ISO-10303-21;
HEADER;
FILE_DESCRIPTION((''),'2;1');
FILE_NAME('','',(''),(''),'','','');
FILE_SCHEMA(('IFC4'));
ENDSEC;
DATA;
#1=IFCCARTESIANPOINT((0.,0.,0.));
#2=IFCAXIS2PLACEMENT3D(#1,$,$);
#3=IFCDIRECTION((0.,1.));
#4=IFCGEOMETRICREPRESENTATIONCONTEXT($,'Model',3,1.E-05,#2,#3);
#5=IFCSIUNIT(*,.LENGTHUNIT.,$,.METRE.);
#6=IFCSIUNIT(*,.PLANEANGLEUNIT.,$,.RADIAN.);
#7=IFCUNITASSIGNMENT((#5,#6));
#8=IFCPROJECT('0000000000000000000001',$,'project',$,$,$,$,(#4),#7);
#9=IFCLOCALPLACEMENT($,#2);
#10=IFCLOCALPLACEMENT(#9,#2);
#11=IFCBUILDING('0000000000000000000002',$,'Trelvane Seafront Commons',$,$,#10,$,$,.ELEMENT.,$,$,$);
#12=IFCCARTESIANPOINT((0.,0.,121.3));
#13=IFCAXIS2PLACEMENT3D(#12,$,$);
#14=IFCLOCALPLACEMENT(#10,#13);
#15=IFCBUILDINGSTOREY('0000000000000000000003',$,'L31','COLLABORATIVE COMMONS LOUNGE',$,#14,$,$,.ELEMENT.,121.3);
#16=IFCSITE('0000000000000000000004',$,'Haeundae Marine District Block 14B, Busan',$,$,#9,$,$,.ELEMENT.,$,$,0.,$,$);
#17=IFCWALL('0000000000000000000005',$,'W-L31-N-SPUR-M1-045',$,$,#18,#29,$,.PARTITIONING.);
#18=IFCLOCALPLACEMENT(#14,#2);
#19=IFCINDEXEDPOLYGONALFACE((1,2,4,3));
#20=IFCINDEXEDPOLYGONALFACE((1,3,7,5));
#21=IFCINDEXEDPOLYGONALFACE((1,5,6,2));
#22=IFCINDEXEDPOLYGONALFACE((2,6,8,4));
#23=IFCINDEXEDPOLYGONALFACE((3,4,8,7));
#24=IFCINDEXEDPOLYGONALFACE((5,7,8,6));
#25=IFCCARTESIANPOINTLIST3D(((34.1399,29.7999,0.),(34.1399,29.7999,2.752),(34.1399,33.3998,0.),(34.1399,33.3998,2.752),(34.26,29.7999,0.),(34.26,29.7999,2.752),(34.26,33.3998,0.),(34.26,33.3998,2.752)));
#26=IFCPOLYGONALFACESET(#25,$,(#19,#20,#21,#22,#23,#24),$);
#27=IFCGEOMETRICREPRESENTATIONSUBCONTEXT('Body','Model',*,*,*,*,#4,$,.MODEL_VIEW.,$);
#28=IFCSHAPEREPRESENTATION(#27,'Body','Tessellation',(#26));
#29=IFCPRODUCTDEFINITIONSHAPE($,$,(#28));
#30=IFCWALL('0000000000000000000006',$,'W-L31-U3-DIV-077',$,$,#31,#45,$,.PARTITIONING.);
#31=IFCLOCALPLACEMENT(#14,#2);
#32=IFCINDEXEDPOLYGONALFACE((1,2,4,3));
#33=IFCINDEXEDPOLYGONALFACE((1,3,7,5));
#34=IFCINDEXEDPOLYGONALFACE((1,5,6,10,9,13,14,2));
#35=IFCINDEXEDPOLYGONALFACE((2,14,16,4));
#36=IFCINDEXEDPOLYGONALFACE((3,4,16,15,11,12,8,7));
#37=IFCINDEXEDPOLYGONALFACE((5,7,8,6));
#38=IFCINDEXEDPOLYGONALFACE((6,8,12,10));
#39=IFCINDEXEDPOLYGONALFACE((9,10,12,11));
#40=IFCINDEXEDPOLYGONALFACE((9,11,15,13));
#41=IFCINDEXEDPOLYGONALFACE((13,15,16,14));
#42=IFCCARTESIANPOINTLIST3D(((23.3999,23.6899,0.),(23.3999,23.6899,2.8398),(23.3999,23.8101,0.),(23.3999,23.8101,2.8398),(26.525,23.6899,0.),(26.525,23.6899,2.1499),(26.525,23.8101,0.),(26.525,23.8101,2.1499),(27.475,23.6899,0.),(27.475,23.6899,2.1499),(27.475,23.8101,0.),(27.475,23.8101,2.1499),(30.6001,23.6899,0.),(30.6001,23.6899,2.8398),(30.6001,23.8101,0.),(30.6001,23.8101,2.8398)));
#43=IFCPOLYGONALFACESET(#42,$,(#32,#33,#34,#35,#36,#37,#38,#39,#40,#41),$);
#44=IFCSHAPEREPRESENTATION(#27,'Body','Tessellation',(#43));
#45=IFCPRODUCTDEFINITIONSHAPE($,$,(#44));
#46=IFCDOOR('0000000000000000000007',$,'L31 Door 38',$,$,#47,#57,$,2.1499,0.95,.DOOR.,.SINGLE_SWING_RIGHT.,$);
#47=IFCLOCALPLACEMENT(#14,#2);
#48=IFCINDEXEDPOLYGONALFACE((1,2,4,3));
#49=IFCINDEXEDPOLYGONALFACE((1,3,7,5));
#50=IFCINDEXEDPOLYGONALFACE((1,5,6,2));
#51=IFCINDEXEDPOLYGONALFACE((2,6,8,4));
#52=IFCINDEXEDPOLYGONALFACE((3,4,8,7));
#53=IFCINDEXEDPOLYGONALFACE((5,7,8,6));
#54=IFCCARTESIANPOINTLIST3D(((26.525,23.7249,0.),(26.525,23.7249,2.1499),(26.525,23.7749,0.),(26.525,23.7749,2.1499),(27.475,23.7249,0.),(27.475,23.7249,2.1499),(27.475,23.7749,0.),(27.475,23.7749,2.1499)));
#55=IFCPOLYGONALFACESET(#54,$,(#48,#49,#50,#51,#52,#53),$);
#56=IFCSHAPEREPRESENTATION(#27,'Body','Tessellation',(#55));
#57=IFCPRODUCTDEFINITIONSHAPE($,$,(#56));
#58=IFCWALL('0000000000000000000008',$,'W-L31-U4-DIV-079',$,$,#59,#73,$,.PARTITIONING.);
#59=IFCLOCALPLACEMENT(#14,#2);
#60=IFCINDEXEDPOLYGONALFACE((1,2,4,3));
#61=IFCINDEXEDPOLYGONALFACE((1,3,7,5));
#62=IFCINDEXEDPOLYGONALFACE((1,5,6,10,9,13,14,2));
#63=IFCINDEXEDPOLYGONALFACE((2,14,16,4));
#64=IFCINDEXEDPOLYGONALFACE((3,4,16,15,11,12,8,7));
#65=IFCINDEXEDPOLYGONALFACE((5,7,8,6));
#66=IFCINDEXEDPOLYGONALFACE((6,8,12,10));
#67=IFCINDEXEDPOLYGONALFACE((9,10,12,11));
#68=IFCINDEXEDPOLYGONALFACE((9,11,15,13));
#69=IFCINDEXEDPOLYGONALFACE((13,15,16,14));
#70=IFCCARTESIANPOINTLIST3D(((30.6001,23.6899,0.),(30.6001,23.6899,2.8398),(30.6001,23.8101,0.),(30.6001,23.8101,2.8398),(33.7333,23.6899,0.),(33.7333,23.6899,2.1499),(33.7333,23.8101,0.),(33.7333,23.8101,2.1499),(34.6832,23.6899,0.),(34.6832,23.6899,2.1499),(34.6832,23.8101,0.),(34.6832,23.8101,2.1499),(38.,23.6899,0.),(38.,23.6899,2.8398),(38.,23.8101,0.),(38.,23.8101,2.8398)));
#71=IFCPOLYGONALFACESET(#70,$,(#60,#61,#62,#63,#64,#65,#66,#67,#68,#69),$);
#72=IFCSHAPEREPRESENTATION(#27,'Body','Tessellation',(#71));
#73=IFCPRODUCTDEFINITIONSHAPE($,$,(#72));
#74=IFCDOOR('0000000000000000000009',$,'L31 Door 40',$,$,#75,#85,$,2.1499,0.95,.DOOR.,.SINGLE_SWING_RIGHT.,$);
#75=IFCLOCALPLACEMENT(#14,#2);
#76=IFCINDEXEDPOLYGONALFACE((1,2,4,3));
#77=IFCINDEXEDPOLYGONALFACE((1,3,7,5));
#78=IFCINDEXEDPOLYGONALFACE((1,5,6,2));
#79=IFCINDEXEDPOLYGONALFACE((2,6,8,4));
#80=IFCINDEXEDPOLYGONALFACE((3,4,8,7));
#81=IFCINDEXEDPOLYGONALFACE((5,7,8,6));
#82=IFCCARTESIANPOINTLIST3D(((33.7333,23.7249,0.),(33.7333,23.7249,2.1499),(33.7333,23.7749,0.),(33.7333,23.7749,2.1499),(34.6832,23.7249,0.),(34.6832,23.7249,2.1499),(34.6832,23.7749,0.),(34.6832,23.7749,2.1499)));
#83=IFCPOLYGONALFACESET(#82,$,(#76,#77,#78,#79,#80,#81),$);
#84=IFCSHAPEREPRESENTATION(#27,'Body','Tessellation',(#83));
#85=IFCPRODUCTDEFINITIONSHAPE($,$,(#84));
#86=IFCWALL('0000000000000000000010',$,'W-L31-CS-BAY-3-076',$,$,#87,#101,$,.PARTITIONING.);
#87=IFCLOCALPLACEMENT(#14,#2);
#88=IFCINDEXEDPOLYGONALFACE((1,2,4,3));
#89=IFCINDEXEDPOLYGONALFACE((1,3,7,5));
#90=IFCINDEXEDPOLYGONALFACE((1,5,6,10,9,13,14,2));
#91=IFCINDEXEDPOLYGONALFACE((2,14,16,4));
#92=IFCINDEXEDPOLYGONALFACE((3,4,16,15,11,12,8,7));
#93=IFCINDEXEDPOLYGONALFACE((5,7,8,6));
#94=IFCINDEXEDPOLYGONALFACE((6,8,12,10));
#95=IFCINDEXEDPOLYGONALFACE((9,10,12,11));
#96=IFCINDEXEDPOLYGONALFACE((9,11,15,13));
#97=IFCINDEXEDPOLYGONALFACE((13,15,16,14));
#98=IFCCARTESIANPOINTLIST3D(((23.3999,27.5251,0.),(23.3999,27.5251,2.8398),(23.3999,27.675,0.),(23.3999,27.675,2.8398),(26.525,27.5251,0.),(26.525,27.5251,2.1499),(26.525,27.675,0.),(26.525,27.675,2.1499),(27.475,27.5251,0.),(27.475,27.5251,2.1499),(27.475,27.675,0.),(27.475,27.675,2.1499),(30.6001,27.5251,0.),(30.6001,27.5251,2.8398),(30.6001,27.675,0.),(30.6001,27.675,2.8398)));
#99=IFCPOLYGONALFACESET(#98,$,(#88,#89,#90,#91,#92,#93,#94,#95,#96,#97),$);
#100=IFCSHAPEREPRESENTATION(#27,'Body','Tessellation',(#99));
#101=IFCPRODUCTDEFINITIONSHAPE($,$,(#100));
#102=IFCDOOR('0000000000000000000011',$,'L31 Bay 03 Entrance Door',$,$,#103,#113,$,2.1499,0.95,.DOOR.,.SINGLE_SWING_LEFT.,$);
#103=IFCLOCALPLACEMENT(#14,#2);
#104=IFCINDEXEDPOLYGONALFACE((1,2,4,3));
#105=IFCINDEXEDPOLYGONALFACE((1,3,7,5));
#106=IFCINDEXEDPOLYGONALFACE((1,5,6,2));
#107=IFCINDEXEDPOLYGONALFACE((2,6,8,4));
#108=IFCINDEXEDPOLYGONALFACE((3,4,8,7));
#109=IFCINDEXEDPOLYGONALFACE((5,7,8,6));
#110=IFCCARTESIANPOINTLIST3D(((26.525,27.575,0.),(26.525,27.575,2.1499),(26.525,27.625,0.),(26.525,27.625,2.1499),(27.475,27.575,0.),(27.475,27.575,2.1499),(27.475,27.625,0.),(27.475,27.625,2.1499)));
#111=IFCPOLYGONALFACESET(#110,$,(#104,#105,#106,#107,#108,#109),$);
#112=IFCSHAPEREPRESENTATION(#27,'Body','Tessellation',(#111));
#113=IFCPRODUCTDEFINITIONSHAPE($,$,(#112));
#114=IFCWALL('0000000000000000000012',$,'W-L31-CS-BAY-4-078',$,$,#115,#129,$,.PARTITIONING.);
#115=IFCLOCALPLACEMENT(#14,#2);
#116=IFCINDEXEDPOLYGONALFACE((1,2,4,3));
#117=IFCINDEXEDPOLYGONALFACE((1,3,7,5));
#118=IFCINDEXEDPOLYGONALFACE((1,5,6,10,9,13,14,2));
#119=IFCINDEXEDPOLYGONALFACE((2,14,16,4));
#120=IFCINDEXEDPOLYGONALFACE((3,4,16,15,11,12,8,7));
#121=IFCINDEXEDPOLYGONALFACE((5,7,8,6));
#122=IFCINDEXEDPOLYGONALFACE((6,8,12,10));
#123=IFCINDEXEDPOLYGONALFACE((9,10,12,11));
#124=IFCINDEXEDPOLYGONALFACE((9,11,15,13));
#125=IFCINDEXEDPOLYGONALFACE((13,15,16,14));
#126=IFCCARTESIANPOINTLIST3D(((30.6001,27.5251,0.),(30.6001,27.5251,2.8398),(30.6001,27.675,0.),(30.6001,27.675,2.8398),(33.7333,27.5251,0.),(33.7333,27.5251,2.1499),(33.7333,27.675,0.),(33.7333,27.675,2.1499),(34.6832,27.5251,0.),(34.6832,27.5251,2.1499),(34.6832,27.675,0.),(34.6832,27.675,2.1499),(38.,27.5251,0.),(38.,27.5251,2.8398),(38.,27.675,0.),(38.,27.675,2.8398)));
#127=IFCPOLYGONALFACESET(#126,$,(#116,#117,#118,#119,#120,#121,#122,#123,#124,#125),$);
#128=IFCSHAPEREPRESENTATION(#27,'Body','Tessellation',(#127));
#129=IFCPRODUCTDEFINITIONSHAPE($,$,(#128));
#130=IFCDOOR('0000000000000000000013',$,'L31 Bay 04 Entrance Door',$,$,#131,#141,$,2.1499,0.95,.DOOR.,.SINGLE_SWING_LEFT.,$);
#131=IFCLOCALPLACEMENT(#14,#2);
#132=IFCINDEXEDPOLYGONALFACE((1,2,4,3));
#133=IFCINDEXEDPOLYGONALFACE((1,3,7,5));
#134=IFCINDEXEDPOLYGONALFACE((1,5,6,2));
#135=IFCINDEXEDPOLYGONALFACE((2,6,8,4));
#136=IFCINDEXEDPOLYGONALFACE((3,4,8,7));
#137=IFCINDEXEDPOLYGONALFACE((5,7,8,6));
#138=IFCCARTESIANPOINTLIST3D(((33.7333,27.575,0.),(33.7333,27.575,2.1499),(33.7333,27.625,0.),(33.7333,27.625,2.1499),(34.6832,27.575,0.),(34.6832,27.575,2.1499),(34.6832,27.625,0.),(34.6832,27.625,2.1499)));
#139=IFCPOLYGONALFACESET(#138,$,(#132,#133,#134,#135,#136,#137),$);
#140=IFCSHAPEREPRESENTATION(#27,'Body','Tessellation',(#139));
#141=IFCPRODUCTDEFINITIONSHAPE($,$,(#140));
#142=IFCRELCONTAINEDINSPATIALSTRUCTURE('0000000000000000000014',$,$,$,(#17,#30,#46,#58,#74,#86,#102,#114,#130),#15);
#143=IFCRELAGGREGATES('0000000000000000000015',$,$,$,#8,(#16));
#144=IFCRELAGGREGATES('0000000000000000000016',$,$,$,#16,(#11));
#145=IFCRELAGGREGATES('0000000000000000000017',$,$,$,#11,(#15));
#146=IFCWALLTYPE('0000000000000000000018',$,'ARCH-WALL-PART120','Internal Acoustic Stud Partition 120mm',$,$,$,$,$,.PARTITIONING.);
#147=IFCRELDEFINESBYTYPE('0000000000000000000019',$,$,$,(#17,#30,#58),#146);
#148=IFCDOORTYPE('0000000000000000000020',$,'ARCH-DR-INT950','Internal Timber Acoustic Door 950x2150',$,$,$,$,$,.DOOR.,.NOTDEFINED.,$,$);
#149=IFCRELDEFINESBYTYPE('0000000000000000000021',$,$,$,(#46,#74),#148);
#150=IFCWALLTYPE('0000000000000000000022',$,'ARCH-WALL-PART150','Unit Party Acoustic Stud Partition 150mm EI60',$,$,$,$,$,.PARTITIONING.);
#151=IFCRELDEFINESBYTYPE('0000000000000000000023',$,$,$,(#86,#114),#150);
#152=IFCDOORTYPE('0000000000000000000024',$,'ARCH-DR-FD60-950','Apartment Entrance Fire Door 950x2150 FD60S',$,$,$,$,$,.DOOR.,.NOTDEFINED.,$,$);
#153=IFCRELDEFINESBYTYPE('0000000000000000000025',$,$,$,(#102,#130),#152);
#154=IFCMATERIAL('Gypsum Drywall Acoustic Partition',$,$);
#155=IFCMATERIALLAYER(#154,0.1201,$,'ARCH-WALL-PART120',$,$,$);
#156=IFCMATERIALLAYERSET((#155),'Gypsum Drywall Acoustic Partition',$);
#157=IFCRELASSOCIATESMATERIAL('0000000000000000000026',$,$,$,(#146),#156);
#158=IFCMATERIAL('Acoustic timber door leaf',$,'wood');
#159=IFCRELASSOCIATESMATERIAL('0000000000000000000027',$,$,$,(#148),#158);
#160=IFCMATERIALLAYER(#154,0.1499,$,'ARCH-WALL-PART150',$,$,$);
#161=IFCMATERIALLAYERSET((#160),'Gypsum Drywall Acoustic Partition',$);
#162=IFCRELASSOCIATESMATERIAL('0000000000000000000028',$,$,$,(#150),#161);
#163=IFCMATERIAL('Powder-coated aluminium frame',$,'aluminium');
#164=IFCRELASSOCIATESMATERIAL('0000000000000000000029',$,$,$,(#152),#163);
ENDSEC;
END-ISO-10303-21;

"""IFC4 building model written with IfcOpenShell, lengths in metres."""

from ifc_helpers import new_model, si_unit, direction, frame, frame_2d, origin, place, context, subcontext, project, spatial, rectangle, extrude, source, transform, mapped, material, layer, layer_set, type_object, element, fill, save


model = new_model("IFC4")

# Units and contexts
model_context = context("Model", 3, precision=1e-05, world=origin(), true_north=direction((0.0, 1.0)))
body_context = subcontext(model_context, "Body", "Model", "MODEL_VIEW")
ifc_project = project(units=[si_unit("LENGTHUNIT", "METRE"), si_unit("PLANEANGLEUNIT", "RADIAN")], contexts=[model_context])

# Site, building, storey
site_placement = place(None, origin())
site = spatial("IfcSite", under=ifc_project, at=site_placement, Name="Haeundae Marine District Block 14B, Busan", CompositionType="ELEMENT", RefElevation=0.0)
building_placement = place(site_placement, origin())
building = spatial("IfcBuilding", under=site, at=building_placement, Name="Trelvane Seafront Commons", CompositionType="ELEMENT")
storey_placement = place(building_placement, frame((0.0, 0.0, 121.3)))
storey = spatial("IfcBuildingStorey", under=building, at=storey_placement, Name="L31", Description="COLLABORATIVE COMMONS LOUNGE", CompositionType="ELEMENT", Elevation=121.3)

# Wall
ifc_material_1 = material(Name="Gypsum Drywall Acoustic Partition")
ifc_layer_1 = layer(ifc_material_1, 0.1201, Name="ARCH-WALL-PART120")
ifc_layer_set_1 = layer_set([ifc_layer_1], Name="Gypsum Drywall Acoustic Partition")
wall_type_1 = type_object("IfcWallType", Name="ARCH-WALL-PART120", Description="Internal Acoustic Stud Partition 120mm", PredefinedType="PARTITIONING", material=ifc_layer_set_1)
wall_1_placement = place(storey_placement, frame((34.2, 29.8, 0.0), z_axis=(0.0, 0.0, 1.0), x_axis=(0.0, 1.0, 0.0)))
element("IfcWall", 1, at=wall_1_placement, inside=storey, type_object=wall_type_1, Name="W-L31-N-SPUR-M1-045", PredefinedType="PARTITIONING", context=body_context, shape_type="SweptSolid", body=[
    extrude(rectangle(XDim=3.5999, YDim=0.1201, at=frame_2d((1.7998, 0.0))), origin(), (0.0, 0.0, 1.0), 2.752),
])

# Walls, openings, doors
wall_2_placement = place(storey_placement, frame((23.3999, 23.75, 0.0), z_axis=(0.0, 0.0, 1.0), x_axis=(1.0, 0.0, 0.0)))
wall_2 = element("IfcWall", 2, at=wall_2_placement, inside=storey, type_object=wall_type_1, Name="W-L31-U3-DIV-077", PredefinedType="PARTITIONING", context=body_context, shape_type="SweptSolid", body=[
    extrude(rectangle(XDim=7.2002, YDim=0.1201, at=frame_2d((3.6001, 0.0))), origin(), (0.0, 0.0, 1.0), 2.8398),
])
opening_1_placement = place(wall_2_placement, frame((3.125, 0.0, 0.0)))
opening_1 = element("IfcOpeningElement", 3, at=opening_1_placement, cuts=wall_2, PredefinedType="OPENING", context=body_context, shape_type="SweptSolid", body=[
    extrude(rectangle(XDim=0.95, YDim=2.1499, at=frame_2d((0.4751, 1.075))), frame((0.0, 0.0701, 0.0), z_axis=(0.0, -1.0, 0.0), x_axis=(1.0, 0.0, 0.0)), (0.0, 0.0, 1.0), 0.1401),
])
ifc_material_2 = material(Name="Acoustic timber door leaf", Category="wood")
door_type_1 = type_object("IfcDoorType", Name="ARCH-DR-INT950", Description="Internal Timber Acoustic Door 950x2150", OperationType="NOTDEFINED", PredefinedType="DOOR", material=ifc_material_2)
shared_shape_1 = source(origin(), body_context, "Body", "SweptSolid", [
    extrude(rectangle(XDim=0.95, YDim=2.1499, at=frame_2d((0.4751, 1.075))), frame((0.0, 0.0249, 0.0), z_axis=(0.0, -1.0, 0.0), x_axis=(1.0, 0.0, 0.0)), (0.0, 0.0, 1.0), 0.05),
])
door_1_placement = place(opening_1_placement, origin())
door_1 = element("IfcDoor", 4, at=door_1_placement, inside=storey, type_object=door_type_1, Name="L31 Door 38", OperationType="SINGLE_SWING_RIGHT", OverallHeight=2.1499, OverallWidth=0.95, PredefinedType="DOOR", context=body_context, shape_type="MappedRepresentation", body=[
    mapped(shared_shape_1, transform((0.0, 0.0, 0.0), x_axis=(1.0, 0.0, 0.0), y_axis=(0.0, 1.0, 0.0), z_axis=(0.0, 0.0, 1.0), scale=1.0)),
])
fill(opening_1, door_1)
wall_3_placement = place(storey_placement, frame((30.6001, 23.75, 0.0), z_axis=(0.0, 0.0, 1.0), x_axis=(1.0, 0.0, 0.0)))
wall_3 = element("IfcWall", 5, at=wall_3_placement, inside=storey, type_object=wall_type_1, Name="W-L31-U4-DIV-079", PredefinedType="PARTITIONING", context=body_context, shape_type="SweptSolid", body=[
    extrude(rectangle(XDim=7.3999, YDim=0.1201, at=frame_2d((3.7, 0.0))), origin(), (0.0, 0.0, 1.0), 2.8398),
])
opening_2_placement = place(wall_3_placement, frame((3.1331, 0.0, 0.0)))
opening_2 = element("IfcOpeningElement", 6, at=opening_2_placement, cuts=wall_3, PredefinedType="OPENING", context=body_context, shape_type="SweptSolid", body=[
    extrude(rectangle(XDim=0.95, YDim=2.1499, at=frame_2d((0.4751, 1.075))), frame((0.0, 0.0701, 0.0), z_axis=(0.0, -1.0, 0.0), x_axis=(1.0, 0.0, 0.0)), (0.0, 0.0, 1.0), 0.1401),
])
door_2_placement = place(opening_2_placement, origin())
door_2 = element("IfcDoor", 7, at=door_2_placement, inside=storey, type_object=door_type_1, Name="L31 Door 40", OperationType="SINGLE_SWING_RIGHT", OverallHeight=2.1499, OverallWidth=0.95, PredefinedType="DOOR", context=body_context, shape_type="MappedRepresentation", body=[
    mapped(shared_shape_1, transform((0.0, 0.0, 0.0), x_axis=(1.0, 0.0, 0.0), y_axis=(0.0, 1.0, 0.0), z_axis=(0.0, 0.0, 1.0), scale=1.0)),
])
fill(opening_2, door_2)
ifc_layer_2 = layer(ifc_material_1, 0.1499, Name="ARCH-WALL-PART150")
ifc_layer_set_2 = layer_set([ifc_layer_2], Name="Gypsum Drywall Acoustic Partition")
wall_type_2 = type_object("IfcWallType", Name="ARCH-WALL-PART150", Description="Unit Party Acoustic Stud Partition 150mm EI60", PredefinedType="PARTITIONING", material=ifc_layer_set_2)
wall_4_placement = place(storey_placement, frame((23.3999, 27.6001, 0.0), z_axis=(0.0, 0.0, 1.0), x_axis=(1.0, 0.0, 0.0)))
wall_4 = element("IfcWall", 8, at=wall_4_placement, inside=storey, type_object=wall_type_2, Name="W-L31-CS-BAY-3-076", PredefinedType="PARTITIONING", context=body_context, shape_type="SweptSolid", body=[
    extrude(rectangle(XDim=7.2002, YDim=0.1499, at=frame_2d((3.6001, 0.0))), origin(), (0.0, 0.0, 1.0), 2.8398),
])
opening_3_placement = place(wall_4_placement, frame((3.125, 0.0, 0.0)))
opening_3 = element("IfcOpeningElement", 9, at=opening_3_placement, cuts=wall_4, PredefinedType="OPENING", context=body_context, shape_type="SweptSolid", body=[
    extrude(rectangle(XDim=0.95, YDim=2.1499, at=frame_2d((0.4751, 1.075))), frame((0.0, 0.085, 0.0), z_axis=(0.0, -1.0, 0.0), x_axis=(1.0, 0.0, 0.0)), (0.0, 0.0, 1.0), 0.1699),
])
ifc_material_3 = material(Name="Powder-coated aluminium frame", Category="aluminium")
door_type_2 = type_object("IfcDoorType", Name="ARCH-DR-FD60-950", Description="Apartment Entrance Fire Door 950x2150 FD60S", OperationType="NOTDEFINED", PredefinedType="DOOR", material=ifc_material_3)
door_3_placement = place(opening_3_placement, origin())
door_3 = element("IfcDoor", 10, at=door_3_placement, inside=storey, type_object=door_type_2, Name="L31 Bay 03 Entrance Door", OperationType="SINGLE_SWING_LEFT", OverallHeight=2.1499, OverallWidth=0.95, PredefinedType="DOOR", context=body_context, shape_type="MappedRepresentation", body=[
    mapped(shared_shape_1, transform((0.0, 0.0, 0.0), x_axis=(1.0, 0.0, 0.0), y_axis=(0.0, 1.0, 0.0), z_axis=(0.0, 0.0, 1.0), scale=1.0)),
])
fill(opening_3, door_3)
wall_5_placement = place(storey_placement, frame((30.6001, 27.6001, 0.0), z_axis=(0.0, 0.0, 1.0), x_axis=(1.0, 0.0, 0.0)))
wall_5 = element("IfcWall", 11, at=wall_5_placement, inside=storey, type_object=wall_type_2, Name="W-L31-CS-BAY-4-078", PredefinedType="PARTITIONING", context=body_context, shape_type="SweptSolid", body=[
    extrude(rectangle(XDim=7.3999, YDim=0.1499, at=frame_2d((3.7, 0.0))), origin(), (0.0, 0.0, 1.0), 2.8398),
])
opening_4_placement = place(wall_5_placement, frame((3.1331, 0.0, 0.0)))
opening_4 = element("IfcOpeningElement", 12, at=opening_4_placement, cuts=wall_5, PredefinedType="OPENING", context=body_context, shape_type="SweptSolid", body=[
    extrude(rectangle(XDim=0.95, YDim=2.1499, at=frame_2d((0.4751, 1.075))), frame((0.0, 0.085, 0.0), z_axis=(0.0, -1.0, 0.0), x_axis=(1.0, 0.0, 0.0)), (0.0, 0.0, 1.0), 0.1699),
])
door_4_placement = place(opening_4_placement, origin())
door_4 = element("IfcDoor", 13, at=door_4_placement, inside=storey, type_object=door_type_2, Name="L31 Bay 04 Entrance Door", OperationType="SINGLE_SWING_LEFT", OverallHeight=2.1499, OverallWidth=0.95, PredefinedType="DOOR", context=body_context, shape_type="MappedRepresentation", body=[
    mapped(shared_shape_1, transform((0.0, 0.0, 0.0), x_axis=(1.0, 0.0, 0.0), y_axis=(0.0, 1.0, 0.0), z_axis=(0.0, 0.0, 1.0), scale=1.0)),
])
fill(opening_4, door_4)

save(model, "model.ifc")
